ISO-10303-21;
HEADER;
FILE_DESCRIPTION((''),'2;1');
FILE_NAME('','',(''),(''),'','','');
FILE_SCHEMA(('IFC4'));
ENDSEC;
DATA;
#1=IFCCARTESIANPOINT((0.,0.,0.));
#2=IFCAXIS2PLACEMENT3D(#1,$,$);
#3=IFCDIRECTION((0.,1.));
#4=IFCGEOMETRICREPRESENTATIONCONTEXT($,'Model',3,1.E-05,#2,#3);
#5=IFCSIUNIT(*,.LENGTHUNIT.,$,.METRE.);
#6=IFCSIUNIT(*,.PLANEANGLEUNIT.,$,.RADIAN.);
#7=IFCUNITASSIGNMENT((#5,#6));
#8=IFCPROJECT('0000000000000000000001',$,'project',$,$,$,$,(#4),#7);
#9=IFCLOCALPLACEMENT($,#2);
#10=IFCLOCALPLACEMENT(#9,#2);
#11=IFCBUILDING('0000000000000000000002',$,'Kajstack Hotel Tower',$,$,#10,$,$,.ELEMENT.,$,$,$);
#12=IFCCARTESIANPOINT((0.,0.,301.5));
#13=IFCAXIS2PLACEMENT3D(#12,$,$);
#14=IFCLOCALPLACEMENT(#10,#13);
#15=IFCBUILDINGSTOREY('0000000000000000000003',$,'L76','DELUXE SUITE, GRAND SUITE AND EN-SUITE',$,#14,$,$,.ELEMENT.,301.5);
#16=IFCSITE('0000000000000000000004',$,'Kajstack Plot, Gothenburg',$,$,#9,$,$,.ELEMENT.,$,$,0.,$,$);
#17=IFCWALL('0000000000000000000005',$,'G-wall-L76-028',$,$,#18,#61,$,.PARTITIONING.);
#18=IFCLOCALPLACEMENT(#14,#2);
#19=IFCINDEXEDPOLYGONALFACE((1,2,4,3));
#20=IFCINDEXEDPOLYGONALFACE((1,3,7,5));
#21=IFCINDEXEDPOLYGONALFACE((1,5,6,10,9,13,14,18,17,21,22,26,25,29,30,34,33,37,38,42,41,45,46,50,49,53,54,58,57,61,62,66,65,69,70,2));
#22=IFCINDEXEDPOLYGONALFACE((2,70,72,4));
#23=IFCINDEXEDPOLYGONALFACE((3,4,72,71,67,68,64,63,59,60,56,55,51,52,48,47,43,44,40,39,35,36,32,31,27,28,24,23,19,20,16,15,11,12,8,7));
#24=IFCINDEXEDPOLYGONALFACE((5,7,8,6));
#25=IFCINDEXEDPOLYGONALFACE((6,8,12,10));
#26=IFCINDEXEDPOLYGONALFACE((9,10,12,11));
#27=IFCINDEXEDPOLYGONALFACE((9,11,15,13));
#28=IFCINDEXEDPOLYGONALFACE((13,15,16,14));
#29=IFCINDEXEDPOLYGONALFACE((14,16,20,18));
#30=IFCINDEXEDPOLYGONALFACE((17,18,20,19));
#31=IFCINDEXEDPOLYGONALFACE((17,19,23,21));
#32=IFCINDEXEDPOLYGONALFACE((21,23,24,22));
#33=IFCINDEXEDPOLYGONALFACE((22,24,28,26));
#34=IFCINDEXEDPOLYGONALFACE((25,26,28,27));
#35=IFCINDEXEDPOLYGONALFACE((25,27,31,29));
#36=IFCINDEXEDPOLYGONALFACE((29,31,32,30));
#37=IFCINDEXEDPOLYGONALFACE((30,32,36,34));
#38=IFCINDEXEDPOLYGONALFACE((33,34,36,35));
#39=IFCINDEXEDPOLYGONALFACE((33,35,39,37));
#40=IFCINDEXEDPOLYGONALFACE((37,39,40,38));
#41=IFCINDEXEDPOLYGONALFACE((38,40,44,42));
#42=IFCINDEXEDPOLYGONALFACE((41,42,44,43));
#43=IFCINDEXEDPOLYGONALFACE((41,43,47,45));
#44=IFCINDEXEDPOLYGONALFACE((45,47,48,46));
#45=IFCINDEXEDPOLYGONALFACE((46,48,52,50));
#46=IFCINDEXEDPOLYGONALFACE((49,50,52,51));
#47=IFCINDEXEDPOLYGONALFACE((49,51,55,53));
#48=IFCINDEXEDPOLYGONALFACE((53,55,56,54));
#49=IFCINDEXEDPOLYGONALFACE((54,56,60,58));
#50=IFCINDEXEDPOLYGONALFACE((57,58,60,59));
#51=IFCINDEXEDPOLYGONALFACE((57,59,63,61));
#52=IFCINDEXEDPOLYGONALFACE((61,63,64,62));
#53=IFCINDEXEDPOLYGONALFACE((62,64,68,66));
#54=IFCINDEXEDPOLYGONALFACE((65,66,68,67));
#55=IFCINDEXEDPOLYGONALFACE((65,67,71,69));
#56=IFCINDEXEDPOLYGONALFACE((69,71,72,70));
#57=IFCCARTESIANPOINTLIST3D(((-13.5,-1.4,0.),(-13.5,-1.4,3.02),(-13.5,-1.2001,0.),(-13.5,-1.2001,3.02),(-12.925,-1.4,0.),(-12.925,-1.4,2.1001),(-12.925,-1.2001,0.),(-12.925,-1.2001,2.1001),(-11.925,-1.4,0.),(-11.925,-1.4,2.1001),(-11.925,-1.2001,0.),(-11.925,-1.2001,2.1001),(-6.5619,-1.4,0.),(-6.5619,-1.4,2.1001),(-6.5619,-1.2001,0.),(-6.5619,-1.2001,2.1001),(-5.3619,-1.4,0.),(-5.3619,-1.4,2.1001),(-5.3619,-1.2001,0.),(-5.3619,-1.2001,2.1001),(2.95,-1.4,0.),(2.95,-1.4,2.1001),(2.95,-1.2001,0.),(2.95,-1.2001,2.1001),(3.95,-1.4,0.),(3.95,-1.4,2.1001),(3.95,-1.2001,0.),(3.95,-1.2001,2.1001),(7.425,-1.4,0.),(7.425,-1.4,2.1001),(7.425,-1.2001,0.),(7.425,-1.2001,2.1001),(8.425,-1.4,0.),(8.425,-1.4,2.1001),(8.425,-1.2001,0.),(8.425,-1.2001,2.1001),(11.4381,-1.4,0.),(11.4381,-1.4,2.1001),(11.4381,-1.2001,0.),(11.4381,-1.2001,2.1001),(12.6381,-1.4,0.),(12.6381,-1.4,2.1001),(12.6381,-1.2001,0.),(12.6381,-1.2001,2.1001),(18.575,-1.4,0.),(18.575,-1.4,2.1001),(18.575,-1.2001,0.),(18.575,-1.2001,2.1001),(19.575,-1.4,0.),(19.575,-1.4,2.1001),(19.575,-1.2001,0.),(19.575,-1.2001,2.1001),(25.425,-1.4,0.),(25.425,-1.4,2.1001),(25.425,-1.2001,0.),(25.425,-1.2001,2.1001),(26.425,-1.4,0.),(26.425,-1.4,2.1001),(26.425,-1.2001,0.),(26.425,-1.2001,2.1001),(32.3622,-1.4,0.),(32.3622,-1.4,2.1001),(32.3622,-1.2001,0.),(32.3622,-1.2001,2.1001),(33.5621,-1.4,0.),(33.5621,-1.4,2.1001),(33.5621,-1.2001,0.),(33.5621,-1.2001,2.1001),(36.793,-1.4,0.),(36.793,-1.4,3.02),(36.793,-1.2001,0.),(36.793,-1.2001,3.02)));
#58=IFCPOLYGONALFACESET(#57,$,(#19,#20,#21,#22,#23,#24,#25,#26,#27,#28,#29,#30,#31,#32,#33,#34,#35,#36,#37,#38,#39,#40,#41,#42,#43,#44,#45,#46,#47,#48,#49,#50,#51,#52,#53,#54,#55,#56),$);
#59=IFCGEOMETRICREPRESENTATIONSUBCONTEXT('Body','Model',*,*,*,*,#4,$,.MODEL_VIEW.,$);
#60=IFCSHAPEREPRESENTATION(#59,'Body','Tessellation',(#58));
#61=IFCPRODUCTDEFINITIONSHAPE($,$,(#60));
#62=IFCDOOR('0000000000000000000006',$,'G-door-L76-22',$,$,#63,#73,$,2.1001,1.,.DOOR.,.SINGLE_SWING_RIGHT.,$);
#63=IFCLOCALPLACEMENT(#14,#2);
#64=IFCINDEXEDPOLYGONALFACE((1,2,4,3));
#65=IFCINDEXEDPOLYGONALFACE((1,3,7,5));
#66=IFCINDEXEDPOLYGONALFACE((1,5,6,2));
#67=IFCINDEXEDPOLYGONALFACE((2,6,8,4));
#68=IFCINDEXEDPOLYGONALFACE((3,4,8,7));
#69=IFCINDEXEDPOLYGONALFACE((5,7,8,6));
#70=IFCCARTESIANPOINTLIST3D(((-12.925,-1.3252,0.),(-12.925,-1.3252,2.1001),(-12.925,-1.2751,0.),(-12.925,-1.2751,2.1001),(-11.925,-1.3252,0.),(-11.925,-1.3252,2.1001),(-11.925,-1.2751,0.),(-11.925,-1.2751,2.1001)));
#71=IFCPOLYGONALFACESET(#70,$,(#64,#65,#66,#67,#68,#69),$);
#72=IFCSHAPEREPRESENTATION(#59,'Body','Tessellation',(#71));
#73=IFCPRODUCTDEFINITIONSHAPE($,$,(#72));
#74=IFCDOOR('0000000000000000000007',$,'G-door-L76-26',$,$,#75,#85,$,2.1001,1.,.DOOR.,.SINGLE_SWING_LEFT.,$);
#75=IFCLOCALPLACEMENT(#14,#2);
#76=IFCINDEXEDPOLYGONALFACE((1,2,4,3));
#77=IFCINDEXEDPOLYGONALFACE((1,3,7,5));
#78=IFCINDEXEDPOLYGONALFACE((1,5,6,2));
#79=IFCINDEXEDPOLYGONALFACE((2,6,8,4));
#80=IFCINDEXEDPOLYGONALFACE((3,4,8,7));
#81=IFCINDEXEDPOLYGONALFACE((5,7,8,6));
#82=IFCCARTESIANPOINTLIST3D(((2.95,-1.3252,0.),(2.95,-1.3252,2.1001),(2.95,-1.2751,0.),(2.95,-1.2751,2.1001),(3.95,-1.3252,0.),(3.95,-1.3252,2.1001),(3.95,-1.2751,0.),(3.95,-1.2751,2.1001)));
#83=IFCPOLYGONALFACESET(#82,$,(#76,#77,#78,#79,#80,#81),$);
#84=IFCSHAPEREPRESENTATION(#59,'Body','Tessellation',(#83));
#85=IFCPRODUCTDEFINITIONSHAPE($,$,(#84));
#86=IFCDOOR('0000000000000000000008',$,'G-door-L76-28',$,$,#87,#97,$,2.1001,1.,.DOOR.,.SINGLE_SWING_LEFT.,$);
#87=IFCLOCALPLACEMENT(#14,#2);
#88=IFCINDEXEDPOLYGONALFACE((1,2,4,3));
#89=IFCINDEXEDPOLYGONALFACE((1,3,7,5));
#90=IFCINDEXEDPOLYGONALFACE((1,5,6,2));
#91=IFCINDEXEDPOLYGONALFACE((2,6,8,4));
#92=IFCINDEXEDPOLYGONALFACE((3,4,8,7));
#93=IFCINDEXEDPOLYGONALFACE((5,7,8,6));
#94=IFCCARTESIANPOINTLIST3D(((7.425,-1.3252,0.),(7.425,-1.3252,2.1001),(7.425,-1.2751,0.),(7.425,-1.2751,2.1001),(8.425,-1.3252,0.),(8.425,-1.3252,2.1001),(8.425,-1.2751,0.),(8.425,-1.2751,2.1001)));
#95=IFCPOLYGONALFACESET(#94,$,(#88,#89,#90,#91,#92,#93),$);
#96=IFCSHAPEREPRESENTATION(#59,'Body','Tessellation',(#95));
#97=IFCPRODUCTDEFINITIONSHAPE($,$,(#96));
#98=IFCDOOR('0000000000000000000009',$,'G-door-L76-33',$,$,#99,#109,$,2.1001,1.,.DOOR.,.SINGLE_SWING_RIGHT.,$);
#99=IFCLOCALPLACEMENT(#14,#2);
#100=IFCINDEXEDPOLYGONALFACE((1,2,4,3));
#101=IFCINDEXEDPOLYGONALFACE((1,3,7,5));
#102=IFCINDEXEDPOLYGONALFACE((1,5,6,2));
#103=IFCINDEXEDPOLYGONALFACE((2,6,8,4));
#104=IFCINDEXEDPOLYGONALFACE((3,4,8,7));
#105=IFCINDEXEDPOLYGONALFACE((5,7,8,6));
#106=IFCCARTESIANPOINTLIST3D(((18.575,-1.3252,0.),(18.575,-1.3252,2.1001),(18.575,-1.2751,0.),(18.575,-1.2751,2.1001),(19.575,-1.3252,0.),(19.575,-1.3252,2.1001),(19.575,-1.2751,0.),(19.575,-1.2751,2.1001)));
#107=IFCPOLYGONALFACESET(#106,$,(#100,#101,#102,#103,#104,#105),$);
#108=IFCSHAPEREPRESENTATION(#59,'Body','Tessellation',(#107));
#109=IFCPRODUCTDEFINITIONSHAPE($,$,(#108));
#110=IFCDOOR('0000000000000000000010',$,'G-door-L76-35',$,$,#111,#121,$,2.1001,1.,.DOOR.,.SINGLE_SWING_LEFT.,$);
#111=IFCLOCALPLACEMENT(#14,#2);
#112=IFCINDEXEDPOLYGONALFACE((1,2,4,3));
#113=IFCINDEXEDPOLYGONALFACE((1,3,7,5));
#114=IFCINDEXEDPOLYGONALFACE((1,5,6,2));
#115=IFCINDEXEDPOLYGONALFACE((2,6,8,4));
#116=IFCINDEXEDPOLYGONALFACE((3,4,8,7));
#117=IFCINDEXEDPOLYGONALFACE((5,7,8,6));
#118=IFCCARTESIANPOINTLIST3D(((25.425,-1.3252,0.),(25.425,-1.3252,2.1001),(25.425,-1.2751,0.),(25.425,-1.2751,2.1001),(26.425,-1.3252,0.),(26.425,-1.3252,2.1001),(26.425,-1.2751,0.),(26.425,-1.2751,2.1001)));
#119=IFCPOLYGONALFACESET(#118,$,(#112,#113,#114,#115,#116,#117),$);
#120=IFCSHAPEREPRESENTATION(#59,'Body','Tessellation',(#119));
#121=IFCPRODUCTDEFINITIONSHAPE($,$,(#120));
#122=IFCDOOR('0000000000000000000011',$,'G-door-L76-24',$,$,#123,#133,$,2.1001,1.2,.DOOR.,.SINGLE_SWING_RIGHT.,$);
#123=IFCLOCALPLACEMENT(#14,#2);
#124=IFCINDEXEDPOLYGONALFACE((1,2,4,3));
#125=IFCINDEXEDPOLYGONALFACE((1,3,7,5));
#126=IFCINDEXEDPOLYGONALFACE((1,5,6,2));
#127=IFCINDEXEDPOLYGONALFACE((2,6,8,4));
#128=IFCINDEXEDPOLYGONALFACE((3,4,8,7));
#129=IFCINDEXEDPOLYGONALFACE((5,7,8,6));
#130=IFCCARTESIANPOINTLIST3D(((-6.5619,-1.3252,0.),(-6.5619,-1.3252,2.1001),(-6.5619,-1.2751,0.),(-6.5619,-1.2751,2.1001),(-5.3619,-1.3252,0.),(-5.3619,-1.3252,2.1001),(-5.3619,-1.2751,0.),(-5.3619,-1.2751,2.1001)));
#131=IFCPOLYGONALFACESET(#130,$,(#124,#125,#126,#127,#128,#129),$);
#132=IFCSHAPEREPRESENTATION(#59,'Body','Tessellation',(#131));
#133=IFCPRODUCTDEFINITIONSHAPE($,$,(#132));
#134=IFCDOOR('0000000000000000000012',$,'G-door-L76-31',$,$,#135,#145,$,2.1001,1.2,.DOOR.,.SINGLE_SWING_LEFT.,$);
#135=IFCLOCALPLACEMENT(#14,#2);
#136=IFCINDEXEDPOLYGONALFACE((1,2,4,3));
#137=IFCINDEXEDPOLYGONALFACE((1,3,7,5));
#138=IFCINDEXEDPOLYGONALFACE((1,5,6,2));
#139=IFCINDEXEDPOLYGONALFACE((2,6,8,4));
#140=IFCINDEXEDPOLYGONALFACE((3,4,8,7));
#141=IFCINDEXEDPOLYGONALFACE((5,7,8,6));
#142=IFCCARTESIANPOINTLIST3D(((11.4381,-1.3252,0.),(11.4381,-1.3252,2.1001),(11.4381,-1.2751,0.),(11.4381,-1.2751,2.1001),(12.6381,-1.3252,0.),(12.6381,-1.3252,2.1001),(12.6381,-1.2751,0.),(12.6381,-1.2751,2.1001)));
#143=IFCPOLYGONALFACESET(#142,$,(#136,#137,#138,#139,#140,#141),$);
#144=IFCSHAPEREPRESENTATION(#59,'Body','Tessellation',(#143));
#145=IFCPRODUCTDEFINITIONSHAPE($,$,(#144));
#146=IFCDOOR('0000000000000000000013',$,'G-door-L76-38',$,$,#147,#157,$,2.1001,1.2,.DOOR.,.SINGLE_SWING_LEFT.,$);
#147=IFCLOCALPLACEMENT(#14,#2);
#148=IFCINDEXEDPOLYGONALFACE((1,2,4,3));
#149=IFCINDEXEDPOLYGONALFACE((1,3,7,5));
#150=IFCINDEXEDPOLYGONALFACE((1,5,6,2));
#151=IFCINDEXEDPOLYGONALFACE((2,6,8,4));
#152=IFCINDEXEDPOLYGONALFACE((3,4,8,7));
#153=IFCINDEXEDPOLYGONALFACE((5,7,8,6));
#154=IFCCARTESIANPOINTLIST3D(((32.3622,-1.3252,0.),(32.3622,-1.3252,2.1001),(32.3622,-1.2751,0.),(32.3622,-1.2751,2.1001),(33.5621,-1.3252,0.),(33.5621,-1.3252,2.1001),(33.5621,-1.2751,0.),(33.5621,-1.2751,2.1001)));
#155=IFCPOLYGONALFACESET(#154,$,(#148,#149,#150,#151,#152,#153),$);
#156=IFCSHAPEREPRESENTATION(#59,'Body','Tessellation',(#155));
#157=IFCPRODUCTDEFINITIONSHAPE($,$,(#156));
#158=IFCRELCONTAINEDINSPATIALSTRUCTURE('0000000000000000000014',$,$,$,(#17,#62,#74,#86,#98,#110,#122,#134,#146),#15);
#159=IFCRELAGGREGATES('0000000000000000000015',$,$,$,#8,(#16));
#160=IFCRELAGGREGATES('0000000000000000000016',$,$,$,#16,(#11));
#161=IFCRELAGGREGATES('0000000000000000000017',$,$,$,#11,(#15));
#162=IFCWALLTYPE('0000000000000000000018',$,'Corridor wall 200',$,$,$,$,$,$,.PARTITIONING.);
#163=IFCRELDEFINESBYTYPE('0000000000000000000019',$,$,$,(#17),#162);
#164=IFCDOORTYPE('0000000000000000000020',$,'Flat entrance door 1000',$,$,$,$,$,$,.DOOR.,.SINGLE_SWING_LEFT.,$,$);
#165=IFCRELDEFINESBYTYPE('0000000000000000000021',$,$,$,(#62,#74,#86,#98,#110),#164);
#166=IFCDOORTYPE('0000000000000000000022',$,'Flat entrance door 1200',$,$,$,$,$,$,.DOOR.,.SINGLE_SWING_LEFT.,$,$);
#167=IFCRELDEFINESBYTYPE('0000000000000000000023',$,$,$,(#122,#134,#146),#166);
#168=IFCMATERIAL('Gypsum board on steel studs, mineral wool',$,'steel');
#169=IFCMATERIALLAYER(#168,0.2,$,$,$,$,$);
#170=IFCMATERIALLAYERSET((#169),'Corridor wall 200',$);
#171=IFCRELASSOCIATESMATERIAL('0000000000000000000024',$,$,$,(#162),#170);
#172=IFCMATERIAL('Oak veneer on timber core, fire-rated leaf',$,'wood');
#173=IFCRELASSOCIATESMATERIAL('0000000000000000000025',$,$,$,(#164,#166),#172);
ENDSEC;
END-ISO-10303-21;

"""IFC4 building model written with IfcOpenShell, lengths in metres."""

from ifc_helpers import new_model, si_unit, direction, frame, frame_2d, origin, place, context, subcontext, project, spatial, rectangle, extrude, material, layer, layer_set, type_object, element, fill, save


model = new_model("IFC4")

# Units and contexts
model_context = context("Model", 3, precision=1e-05, world=origin(), true_north=direction((0.0, 1.0)))
body_context = subcontext(model_context, "Body", "Model", "MODEL_VIEW")
ifc_project = project(units=[si_unit("LENGTHUNIT", "METRE"), si_unit("PLANEANGLEUNIT", "RADIAN")], contexts=[model_context])

# Site, building, storey
site_placement = place(None, origin())
site = spatial("IfcSite", under=ifc_project, at=site_placement, Name="Kajstack Plot, Gothenburg", CompositionType="ELEMENT", RefElevation=0.0)
building_placement = place(site_placement, origin())
building = spatial("IfcBuilding", under=site, at=building_placement, Name="Kajstack Hotel Tower", CompositionType="ELEMENT")
storey_placement = place(building_placement, frame((0.0, 0.0, 301.5)))
storey = spatial("IfcBuildingStorey", under=building, at=storey_placement, Name="L76", Description="DELUXE SUITE, GRAND SUITE AND EN-SUITE", CompositionType="ELEMENT", Elevation=301.5)

# Wall, openings, doors
ifc_material_1 = material(Name="Gypsum board on steel studs, mineral wool", Category="steel")
ifc_layer_1 = layer(ifc_material_1, 0.2)
ifc_layer_set_1 = layer_set([ifc_layer_1], Name="Corridor wall 200")
wall_type_1 = type_object("IfcWallType", Name="Corridor wall 200", PredefinedType="PARTITIONING", material=ifc_layer_set_1)
wall_1_placement = place(storey_placement, frame((-13.5, -1.3, 0.0), z_axis=(0.0, 0.0, 1.0), x_axis=(1.0, 0.0, 0.0)))
wall_1 = element("IfcWall", 1, at=wall_1_placement, inside=storey, type_object=wall_type_1, Name="G-wall-L76-028", PredefinedType="PARTITIONING", context=body_context, shape_type="SweptSolid", body=[
    extrude(rectangle(XDim=50.293, YDim=0.2, at=frame_2d((25.1465, 0.0))), origin(), (0.0, 0.0, 1.0), 3.02),
])
opening_1_placement = place(wall_1_placement, frame((0.575, 0.0, 0.0)))
opening_1 = element("IfcOpeningElement", 2, at=opening_1_placement, cuts=wall_1, PredefinedType="OPENING", context=body_context, shape_type="SweptSolid", body=[
    extrude(rectangle(XDim=1.0, YDim=2.1001, at=frame_2d((0.5, 1.05))), frame((0.0, 0.1099, 0.0), z_axis=(0.0, -1.0, 0.0), x_axis=(1.0, 0.0, 0.0)), (0.0, 0.0, 1.0), 0.22),
])
opening_2_placement = place(wall_1_placement, frame((6.938, 0.0, 0.0)))
opening_2 = element("IfcOpeningElement", 3, at=opening_2_placement, cuts=wall_1, PredefinedType="OPENING", context=body_context, shape_type="SweptSolid", body=[
    extrude(rectangle(XDim=1.2, YDim=2.1001, at=frame_2d((0.6001, 1.05))), frame((0.0, 0.1099, 0.0), z_axis=(0.0, -1.0, 0.0), x_axis=(1.0, 0.0, 0.0)), (0.0, 0.0, 1.0), 0.22),
])
opening_3_placement = place(wall_1_placement, frame((16.45, 0.0, 0.0)))
opening_3 = element("IfcOpeningElement", 4, at=opening_3_placement, cuts=wall_1, PredefinedType="OPENING", context=body_context, shape_type="SweptSolid", body=[
    extrude(rectangle(XDim=1.0, YDim=2.1001, at=frame_2d((0.5, 1.05))), frame((0.0, 0.1099, 0.0), z_axis=(0.0, -1.0, 0.0), x_axis=(1.0, 0.0, 0.0)), (0.0, 0.0, 1.0), 0.22),
])
opening_4_placement = place(wall_1_placement, frame((20.925, 0.0, 0.0)))
opening_4 = element("IfcOpeningElement", 5, at=opening_4_placement, cuts=wall_1, PredefinedType="OPENING", context=body_context, shape_type="SweptSolid", body=[
    extrude(rectangle(XDim=1.0, YDim=2.1001, at=frame_2d((0.5, 1.05))), frame((0.0, 0.1099, 0.0), z_axis=(0.0, -1.0, 0.0), x_axis=(1.0, 0.0, 0.0)), (0.0, 0.0, 1.0), 0.22),
])
opening_5_placement = place(wall_1_placement, frame((24.938, 0.0, 0.0)))
opening_5 = element("IfcOpeningElement", 6, at=opening_5_placement, cuts=wall_1, PredefinedType="OPENING", context=body_context, shape_type="SweptSolid", body=[
    extrude(rectangle(XDim=1.2, YDim=2.1001, at=frame_2d((0.6001, 1.05))), frame((0.0, 0.1099, 0.0), z_axis=(0.0, -1.0, 0.0), x_axis=(1.0, 0.0, 0.0)), (0.0, 0.0, 1.0), 0.22),
])
opening_6_placement = place(wall_1_placement, frame((32.075, 0.0, 0.0)))
opening_6 = element("IfcOpeningElement", 7, at=opening_6_placement, cuts=wall_1, PredefinedType="OPENING", context=body_context, shape_type="SweptSolid", body=[
    extrude(rectangle(XDim=1.0, YDim=2.1001, at=frame_2d((0.5, 1.05))), frame((0.0, 0.1099, 0.0), z_axis=(0.0, -1.0, 0.0), x_axis=(1.0, 0.0, 0.0)), (0.0, 0.0, 1.0), 0.22),
])
opening_7_placement = place(wall_1_placement, frame((38.925, 0.0, 0.0)))
opening_7 = element("IfcOpeningElement", 8, at=opening_7_placement, cuts=wall_1, PredefinedType="OPENING", context=body_context, shape_type="SweptSolid", body=[
    extrude(rectangle(XDim=1.0, YDim=2.1001, at=frame_2d((0.5, 1.05))), frame((0.0, 0.1099, 0.0), z_axis=(0.0, -1.0, 0.0), x_axis=(1.0, 0.0, 0.0)), (0.0, 0.0, 1.0), 0.22),
])
opening_8_placement = place(wall_1_placement, frame((45.8621, 0.0, 0.0)))
opening_8 = element("IfcOpeningElement", 9, at=opening_8_placement, cuts=wall_1, PredefinedType="OPENING", context=body_context, shape_type="SweptSolid", body=[
    extrude(rectangle(XDim=1.2, YDim=2.1001, at=frame_2d((0.6001, 1.05))), frame((0.0, 0.1099, 0.0), z_axis=(0.0, -1.0, 0.0), x_axis=(1.0, 0.0, 0.0)), (0.0, 0.0, 1.0), 0.22),
])
ifc_material_2 = material(Name="Oak veneer on timber core, fire-rated leaf", Category="wood")
door_type_1 = type_object("IfcDoorType", Name="Flat entrance door 1000", OperationType="SINGLE_SWING_LEFT", PredefinedType="DOOR", material=ifc_material_2)
door_1_placement = place(opening_1_placement, origin())
door_1 = element("IfcDoor", 10, at=door_1_placement, inside=storey, type_object=door_type_1, Name="G-door-L76-22", OperationType="SINGLE_SWING_RIGHT", OverallHeight=2.1001, OverallWidth=1.0, PredefinedType="DOOR", context=body_context, shape_type="SweptSolid", body=[
    extrude(rectangle(XDim=1.0, YDim=2.1001, at=frame_2d((0.5, 1.05))), frame((0.0, 0.0249, 0.0), z_axis=(0.0, -1.0, 0.0), x_axis=(1.0, 0.0, 0.0)), (0.0, 0.0, 1.0), 0.05),
])
fill(opening_1, door_1)
door_2_placement = place(opening_3_placement, origin())
door_2 = element("IfcDoor", 11, at=door_2_placement, inside=storey, type_object=door_type_1, Name="G-door-L76-26", OperationType="SINGLE_SWING_LEFT", OverallHeight=2.1001, OverallWidth=1.0, PredefinedType="DOOR", context=body_context, shape_type="SweptSolid", body=[
    extrude(rectangle(XDim=1.0, YDim=2.1001, at=frame_2d((0.5, 1.05))), frame((0.0, 0.0249, 0.0), z_axis=(0.0, -1.0, 0.0), x_axis=(1.0, 0.0, 0.0)), (0.0, 0.0, 1.0), 0.05),
])
fill(opening_3, door_2)
door_3_placement = place(opening_4_placement, origin())
door_3 = element("IfcDoor", 12, at=door_3_placement, inside=storey, type_object=door_type_1, Name="G-door-L76-28", OperationType="SINGLE_SWING_LEFT", OverallHeight=2.1001, OverallWidth=1.0, PredefinedType="DOOR", context=body_context, shape_type="SweptSolid", body=[
    extrude(rectangle(XDim=1.0, YDim=2.1001, at=frame_2d((0.5, 1.05))), frame((0.0, 0.0249, 0.0), z_axis=(0.0, -1.0, 0.0), x_axis=(1.0, 0.0, 0.0)), (0.0, 0.0, 1.0), 0.05),
])
fill(opening_4, door_3)
door_4_placement = place(opening_6_placement, origin())
door_4 = element("IfcDoor", 13, at=door_4_placement, inside=storey, type_object=door_type_1, Name="G-door-L76-33", OperationType="SINGLE_SWING_RIGHT", OverallHeight=2.1001, OverallWidth=1.0, PredefinedType="DOOR", context=body_context, shape_type="SweptSolid", body=[
    extrude(rectangle(XDim=1.0, YDim=2.1001, at=frame_2d((0.5, 1.05))), frame((0.0, 0.0249, 0.0), z_axis=(0.0, -1.0, 0.0), x_axis=(1.0, 0.0, 0.0)), (0.0, 0.0, 1.0), 0.05),
])
fill(opening_6, door_4)
door_5_placement = place(opening_7_placement, origin())
door_5 = element("IfcDoor", 14, at=door_5_placement, inside=storey, type_object=door_type_1, Name="G-door-L76-35", OperationType="SINGLE_SWING_LEFT", OverallHeight=2.1001, OverallWidth=1.0, PredefinedType="DOOR", context=body_context, shape_type="SweptSolid", body=[
    extrude(rectangle(XDim=1.0, YDim=2.1001, at=frame_2d((0.5, 1.05))), frame((0.0, 0.0249, 0.0), z_axis=(0.0, -1.0, 0.0), x_axis=(1.0, 0.0, 0.0)), (0.0, 0.0, 1.0), 0.05),
])
fill(opening_7, door_5)
door_type_2 = type_object("IfcDoorType", Name="Flat entrance door 1200", OperationType="SINGLE_SWING_LEFT", PredefinedType="DOOR", material=ifc_material_2)
door_6_placement = place(opening_2_placement, origin())
door_6 = element("IfcDoor", 15, at=door_6_placement, inside=storey, type_object=door_type_2, Name="G-door-L76-24", OperationType="SINGLE_SWING_RIGHT", OverallHeight=2.1001, OverallWidth=1.2, PredefinedType="DOOR", context=body_context, shape_type="SweptSolid", body=[
    extrude(rectangle(XDim=1.2, YDim=2.1001, at=frame_2d((0.6001, 1.05))), frame((0.0, 0.0249, 0.0), z_axis=(0.0, -1.0, 0.0), x_axis=(1.0, 0.0, 0.0)), (0.0, 0.0, 1.0), 0.05),
])
fill(opening_2, door_6)
door_7_placement = place(opening_5_placement, origin())
door_7 = element("IfcDoor", 16, at=door_7_placement, inside=storey, type_object=door_type_2, Name="G-door-L76-31", OperationType="SINGLE_SWING_LEFT", OverallHeight=2.1001, OverallWidth=1.2, PredefinedType="DOOR", context=body_context, shape_type="SweptSolid", body=[
    extrude(rectangle(XDim=1.2, YDim=2.1001, at=frame_2d((0.6001, 1.05))), frame((0.0, 0.0249, 0.0), z_axis=(0.0, -1.0, 0.0), x_axis=(1.0, 0.0, 0.0)), (0.0, 0.0, 1.0), 0.05),
])
fill(opening_5, door_7)
door_8_placement = place(opening_8_placement, origin())
door_8 = element("IfcDoor", 17, at=door_8_placement, inside=storey, type_object=door_type_2, Name="G-door-L76-38", OperationType="SINGLE_SWING_LEFT", OverallHeight=2.1001, OverallWidth=1.2, PredefinedType="DOOR", context=body_context, shape_type="SweptSolid", body=[
    extrude(rectangle(XDim=1.2, YDim=2.1001, at=frame_2d((0.6001, 1.05))), frame((0.0, 0.0249, 0.0), z_axis=(0.0, -1.0, 0.0), x_axis=(1.0, 0.0, 0.0)), (0.0, 0.0, 1.0), 0.05),
])
fill(opening_8, door_8)

save(model, "model.ifc")
